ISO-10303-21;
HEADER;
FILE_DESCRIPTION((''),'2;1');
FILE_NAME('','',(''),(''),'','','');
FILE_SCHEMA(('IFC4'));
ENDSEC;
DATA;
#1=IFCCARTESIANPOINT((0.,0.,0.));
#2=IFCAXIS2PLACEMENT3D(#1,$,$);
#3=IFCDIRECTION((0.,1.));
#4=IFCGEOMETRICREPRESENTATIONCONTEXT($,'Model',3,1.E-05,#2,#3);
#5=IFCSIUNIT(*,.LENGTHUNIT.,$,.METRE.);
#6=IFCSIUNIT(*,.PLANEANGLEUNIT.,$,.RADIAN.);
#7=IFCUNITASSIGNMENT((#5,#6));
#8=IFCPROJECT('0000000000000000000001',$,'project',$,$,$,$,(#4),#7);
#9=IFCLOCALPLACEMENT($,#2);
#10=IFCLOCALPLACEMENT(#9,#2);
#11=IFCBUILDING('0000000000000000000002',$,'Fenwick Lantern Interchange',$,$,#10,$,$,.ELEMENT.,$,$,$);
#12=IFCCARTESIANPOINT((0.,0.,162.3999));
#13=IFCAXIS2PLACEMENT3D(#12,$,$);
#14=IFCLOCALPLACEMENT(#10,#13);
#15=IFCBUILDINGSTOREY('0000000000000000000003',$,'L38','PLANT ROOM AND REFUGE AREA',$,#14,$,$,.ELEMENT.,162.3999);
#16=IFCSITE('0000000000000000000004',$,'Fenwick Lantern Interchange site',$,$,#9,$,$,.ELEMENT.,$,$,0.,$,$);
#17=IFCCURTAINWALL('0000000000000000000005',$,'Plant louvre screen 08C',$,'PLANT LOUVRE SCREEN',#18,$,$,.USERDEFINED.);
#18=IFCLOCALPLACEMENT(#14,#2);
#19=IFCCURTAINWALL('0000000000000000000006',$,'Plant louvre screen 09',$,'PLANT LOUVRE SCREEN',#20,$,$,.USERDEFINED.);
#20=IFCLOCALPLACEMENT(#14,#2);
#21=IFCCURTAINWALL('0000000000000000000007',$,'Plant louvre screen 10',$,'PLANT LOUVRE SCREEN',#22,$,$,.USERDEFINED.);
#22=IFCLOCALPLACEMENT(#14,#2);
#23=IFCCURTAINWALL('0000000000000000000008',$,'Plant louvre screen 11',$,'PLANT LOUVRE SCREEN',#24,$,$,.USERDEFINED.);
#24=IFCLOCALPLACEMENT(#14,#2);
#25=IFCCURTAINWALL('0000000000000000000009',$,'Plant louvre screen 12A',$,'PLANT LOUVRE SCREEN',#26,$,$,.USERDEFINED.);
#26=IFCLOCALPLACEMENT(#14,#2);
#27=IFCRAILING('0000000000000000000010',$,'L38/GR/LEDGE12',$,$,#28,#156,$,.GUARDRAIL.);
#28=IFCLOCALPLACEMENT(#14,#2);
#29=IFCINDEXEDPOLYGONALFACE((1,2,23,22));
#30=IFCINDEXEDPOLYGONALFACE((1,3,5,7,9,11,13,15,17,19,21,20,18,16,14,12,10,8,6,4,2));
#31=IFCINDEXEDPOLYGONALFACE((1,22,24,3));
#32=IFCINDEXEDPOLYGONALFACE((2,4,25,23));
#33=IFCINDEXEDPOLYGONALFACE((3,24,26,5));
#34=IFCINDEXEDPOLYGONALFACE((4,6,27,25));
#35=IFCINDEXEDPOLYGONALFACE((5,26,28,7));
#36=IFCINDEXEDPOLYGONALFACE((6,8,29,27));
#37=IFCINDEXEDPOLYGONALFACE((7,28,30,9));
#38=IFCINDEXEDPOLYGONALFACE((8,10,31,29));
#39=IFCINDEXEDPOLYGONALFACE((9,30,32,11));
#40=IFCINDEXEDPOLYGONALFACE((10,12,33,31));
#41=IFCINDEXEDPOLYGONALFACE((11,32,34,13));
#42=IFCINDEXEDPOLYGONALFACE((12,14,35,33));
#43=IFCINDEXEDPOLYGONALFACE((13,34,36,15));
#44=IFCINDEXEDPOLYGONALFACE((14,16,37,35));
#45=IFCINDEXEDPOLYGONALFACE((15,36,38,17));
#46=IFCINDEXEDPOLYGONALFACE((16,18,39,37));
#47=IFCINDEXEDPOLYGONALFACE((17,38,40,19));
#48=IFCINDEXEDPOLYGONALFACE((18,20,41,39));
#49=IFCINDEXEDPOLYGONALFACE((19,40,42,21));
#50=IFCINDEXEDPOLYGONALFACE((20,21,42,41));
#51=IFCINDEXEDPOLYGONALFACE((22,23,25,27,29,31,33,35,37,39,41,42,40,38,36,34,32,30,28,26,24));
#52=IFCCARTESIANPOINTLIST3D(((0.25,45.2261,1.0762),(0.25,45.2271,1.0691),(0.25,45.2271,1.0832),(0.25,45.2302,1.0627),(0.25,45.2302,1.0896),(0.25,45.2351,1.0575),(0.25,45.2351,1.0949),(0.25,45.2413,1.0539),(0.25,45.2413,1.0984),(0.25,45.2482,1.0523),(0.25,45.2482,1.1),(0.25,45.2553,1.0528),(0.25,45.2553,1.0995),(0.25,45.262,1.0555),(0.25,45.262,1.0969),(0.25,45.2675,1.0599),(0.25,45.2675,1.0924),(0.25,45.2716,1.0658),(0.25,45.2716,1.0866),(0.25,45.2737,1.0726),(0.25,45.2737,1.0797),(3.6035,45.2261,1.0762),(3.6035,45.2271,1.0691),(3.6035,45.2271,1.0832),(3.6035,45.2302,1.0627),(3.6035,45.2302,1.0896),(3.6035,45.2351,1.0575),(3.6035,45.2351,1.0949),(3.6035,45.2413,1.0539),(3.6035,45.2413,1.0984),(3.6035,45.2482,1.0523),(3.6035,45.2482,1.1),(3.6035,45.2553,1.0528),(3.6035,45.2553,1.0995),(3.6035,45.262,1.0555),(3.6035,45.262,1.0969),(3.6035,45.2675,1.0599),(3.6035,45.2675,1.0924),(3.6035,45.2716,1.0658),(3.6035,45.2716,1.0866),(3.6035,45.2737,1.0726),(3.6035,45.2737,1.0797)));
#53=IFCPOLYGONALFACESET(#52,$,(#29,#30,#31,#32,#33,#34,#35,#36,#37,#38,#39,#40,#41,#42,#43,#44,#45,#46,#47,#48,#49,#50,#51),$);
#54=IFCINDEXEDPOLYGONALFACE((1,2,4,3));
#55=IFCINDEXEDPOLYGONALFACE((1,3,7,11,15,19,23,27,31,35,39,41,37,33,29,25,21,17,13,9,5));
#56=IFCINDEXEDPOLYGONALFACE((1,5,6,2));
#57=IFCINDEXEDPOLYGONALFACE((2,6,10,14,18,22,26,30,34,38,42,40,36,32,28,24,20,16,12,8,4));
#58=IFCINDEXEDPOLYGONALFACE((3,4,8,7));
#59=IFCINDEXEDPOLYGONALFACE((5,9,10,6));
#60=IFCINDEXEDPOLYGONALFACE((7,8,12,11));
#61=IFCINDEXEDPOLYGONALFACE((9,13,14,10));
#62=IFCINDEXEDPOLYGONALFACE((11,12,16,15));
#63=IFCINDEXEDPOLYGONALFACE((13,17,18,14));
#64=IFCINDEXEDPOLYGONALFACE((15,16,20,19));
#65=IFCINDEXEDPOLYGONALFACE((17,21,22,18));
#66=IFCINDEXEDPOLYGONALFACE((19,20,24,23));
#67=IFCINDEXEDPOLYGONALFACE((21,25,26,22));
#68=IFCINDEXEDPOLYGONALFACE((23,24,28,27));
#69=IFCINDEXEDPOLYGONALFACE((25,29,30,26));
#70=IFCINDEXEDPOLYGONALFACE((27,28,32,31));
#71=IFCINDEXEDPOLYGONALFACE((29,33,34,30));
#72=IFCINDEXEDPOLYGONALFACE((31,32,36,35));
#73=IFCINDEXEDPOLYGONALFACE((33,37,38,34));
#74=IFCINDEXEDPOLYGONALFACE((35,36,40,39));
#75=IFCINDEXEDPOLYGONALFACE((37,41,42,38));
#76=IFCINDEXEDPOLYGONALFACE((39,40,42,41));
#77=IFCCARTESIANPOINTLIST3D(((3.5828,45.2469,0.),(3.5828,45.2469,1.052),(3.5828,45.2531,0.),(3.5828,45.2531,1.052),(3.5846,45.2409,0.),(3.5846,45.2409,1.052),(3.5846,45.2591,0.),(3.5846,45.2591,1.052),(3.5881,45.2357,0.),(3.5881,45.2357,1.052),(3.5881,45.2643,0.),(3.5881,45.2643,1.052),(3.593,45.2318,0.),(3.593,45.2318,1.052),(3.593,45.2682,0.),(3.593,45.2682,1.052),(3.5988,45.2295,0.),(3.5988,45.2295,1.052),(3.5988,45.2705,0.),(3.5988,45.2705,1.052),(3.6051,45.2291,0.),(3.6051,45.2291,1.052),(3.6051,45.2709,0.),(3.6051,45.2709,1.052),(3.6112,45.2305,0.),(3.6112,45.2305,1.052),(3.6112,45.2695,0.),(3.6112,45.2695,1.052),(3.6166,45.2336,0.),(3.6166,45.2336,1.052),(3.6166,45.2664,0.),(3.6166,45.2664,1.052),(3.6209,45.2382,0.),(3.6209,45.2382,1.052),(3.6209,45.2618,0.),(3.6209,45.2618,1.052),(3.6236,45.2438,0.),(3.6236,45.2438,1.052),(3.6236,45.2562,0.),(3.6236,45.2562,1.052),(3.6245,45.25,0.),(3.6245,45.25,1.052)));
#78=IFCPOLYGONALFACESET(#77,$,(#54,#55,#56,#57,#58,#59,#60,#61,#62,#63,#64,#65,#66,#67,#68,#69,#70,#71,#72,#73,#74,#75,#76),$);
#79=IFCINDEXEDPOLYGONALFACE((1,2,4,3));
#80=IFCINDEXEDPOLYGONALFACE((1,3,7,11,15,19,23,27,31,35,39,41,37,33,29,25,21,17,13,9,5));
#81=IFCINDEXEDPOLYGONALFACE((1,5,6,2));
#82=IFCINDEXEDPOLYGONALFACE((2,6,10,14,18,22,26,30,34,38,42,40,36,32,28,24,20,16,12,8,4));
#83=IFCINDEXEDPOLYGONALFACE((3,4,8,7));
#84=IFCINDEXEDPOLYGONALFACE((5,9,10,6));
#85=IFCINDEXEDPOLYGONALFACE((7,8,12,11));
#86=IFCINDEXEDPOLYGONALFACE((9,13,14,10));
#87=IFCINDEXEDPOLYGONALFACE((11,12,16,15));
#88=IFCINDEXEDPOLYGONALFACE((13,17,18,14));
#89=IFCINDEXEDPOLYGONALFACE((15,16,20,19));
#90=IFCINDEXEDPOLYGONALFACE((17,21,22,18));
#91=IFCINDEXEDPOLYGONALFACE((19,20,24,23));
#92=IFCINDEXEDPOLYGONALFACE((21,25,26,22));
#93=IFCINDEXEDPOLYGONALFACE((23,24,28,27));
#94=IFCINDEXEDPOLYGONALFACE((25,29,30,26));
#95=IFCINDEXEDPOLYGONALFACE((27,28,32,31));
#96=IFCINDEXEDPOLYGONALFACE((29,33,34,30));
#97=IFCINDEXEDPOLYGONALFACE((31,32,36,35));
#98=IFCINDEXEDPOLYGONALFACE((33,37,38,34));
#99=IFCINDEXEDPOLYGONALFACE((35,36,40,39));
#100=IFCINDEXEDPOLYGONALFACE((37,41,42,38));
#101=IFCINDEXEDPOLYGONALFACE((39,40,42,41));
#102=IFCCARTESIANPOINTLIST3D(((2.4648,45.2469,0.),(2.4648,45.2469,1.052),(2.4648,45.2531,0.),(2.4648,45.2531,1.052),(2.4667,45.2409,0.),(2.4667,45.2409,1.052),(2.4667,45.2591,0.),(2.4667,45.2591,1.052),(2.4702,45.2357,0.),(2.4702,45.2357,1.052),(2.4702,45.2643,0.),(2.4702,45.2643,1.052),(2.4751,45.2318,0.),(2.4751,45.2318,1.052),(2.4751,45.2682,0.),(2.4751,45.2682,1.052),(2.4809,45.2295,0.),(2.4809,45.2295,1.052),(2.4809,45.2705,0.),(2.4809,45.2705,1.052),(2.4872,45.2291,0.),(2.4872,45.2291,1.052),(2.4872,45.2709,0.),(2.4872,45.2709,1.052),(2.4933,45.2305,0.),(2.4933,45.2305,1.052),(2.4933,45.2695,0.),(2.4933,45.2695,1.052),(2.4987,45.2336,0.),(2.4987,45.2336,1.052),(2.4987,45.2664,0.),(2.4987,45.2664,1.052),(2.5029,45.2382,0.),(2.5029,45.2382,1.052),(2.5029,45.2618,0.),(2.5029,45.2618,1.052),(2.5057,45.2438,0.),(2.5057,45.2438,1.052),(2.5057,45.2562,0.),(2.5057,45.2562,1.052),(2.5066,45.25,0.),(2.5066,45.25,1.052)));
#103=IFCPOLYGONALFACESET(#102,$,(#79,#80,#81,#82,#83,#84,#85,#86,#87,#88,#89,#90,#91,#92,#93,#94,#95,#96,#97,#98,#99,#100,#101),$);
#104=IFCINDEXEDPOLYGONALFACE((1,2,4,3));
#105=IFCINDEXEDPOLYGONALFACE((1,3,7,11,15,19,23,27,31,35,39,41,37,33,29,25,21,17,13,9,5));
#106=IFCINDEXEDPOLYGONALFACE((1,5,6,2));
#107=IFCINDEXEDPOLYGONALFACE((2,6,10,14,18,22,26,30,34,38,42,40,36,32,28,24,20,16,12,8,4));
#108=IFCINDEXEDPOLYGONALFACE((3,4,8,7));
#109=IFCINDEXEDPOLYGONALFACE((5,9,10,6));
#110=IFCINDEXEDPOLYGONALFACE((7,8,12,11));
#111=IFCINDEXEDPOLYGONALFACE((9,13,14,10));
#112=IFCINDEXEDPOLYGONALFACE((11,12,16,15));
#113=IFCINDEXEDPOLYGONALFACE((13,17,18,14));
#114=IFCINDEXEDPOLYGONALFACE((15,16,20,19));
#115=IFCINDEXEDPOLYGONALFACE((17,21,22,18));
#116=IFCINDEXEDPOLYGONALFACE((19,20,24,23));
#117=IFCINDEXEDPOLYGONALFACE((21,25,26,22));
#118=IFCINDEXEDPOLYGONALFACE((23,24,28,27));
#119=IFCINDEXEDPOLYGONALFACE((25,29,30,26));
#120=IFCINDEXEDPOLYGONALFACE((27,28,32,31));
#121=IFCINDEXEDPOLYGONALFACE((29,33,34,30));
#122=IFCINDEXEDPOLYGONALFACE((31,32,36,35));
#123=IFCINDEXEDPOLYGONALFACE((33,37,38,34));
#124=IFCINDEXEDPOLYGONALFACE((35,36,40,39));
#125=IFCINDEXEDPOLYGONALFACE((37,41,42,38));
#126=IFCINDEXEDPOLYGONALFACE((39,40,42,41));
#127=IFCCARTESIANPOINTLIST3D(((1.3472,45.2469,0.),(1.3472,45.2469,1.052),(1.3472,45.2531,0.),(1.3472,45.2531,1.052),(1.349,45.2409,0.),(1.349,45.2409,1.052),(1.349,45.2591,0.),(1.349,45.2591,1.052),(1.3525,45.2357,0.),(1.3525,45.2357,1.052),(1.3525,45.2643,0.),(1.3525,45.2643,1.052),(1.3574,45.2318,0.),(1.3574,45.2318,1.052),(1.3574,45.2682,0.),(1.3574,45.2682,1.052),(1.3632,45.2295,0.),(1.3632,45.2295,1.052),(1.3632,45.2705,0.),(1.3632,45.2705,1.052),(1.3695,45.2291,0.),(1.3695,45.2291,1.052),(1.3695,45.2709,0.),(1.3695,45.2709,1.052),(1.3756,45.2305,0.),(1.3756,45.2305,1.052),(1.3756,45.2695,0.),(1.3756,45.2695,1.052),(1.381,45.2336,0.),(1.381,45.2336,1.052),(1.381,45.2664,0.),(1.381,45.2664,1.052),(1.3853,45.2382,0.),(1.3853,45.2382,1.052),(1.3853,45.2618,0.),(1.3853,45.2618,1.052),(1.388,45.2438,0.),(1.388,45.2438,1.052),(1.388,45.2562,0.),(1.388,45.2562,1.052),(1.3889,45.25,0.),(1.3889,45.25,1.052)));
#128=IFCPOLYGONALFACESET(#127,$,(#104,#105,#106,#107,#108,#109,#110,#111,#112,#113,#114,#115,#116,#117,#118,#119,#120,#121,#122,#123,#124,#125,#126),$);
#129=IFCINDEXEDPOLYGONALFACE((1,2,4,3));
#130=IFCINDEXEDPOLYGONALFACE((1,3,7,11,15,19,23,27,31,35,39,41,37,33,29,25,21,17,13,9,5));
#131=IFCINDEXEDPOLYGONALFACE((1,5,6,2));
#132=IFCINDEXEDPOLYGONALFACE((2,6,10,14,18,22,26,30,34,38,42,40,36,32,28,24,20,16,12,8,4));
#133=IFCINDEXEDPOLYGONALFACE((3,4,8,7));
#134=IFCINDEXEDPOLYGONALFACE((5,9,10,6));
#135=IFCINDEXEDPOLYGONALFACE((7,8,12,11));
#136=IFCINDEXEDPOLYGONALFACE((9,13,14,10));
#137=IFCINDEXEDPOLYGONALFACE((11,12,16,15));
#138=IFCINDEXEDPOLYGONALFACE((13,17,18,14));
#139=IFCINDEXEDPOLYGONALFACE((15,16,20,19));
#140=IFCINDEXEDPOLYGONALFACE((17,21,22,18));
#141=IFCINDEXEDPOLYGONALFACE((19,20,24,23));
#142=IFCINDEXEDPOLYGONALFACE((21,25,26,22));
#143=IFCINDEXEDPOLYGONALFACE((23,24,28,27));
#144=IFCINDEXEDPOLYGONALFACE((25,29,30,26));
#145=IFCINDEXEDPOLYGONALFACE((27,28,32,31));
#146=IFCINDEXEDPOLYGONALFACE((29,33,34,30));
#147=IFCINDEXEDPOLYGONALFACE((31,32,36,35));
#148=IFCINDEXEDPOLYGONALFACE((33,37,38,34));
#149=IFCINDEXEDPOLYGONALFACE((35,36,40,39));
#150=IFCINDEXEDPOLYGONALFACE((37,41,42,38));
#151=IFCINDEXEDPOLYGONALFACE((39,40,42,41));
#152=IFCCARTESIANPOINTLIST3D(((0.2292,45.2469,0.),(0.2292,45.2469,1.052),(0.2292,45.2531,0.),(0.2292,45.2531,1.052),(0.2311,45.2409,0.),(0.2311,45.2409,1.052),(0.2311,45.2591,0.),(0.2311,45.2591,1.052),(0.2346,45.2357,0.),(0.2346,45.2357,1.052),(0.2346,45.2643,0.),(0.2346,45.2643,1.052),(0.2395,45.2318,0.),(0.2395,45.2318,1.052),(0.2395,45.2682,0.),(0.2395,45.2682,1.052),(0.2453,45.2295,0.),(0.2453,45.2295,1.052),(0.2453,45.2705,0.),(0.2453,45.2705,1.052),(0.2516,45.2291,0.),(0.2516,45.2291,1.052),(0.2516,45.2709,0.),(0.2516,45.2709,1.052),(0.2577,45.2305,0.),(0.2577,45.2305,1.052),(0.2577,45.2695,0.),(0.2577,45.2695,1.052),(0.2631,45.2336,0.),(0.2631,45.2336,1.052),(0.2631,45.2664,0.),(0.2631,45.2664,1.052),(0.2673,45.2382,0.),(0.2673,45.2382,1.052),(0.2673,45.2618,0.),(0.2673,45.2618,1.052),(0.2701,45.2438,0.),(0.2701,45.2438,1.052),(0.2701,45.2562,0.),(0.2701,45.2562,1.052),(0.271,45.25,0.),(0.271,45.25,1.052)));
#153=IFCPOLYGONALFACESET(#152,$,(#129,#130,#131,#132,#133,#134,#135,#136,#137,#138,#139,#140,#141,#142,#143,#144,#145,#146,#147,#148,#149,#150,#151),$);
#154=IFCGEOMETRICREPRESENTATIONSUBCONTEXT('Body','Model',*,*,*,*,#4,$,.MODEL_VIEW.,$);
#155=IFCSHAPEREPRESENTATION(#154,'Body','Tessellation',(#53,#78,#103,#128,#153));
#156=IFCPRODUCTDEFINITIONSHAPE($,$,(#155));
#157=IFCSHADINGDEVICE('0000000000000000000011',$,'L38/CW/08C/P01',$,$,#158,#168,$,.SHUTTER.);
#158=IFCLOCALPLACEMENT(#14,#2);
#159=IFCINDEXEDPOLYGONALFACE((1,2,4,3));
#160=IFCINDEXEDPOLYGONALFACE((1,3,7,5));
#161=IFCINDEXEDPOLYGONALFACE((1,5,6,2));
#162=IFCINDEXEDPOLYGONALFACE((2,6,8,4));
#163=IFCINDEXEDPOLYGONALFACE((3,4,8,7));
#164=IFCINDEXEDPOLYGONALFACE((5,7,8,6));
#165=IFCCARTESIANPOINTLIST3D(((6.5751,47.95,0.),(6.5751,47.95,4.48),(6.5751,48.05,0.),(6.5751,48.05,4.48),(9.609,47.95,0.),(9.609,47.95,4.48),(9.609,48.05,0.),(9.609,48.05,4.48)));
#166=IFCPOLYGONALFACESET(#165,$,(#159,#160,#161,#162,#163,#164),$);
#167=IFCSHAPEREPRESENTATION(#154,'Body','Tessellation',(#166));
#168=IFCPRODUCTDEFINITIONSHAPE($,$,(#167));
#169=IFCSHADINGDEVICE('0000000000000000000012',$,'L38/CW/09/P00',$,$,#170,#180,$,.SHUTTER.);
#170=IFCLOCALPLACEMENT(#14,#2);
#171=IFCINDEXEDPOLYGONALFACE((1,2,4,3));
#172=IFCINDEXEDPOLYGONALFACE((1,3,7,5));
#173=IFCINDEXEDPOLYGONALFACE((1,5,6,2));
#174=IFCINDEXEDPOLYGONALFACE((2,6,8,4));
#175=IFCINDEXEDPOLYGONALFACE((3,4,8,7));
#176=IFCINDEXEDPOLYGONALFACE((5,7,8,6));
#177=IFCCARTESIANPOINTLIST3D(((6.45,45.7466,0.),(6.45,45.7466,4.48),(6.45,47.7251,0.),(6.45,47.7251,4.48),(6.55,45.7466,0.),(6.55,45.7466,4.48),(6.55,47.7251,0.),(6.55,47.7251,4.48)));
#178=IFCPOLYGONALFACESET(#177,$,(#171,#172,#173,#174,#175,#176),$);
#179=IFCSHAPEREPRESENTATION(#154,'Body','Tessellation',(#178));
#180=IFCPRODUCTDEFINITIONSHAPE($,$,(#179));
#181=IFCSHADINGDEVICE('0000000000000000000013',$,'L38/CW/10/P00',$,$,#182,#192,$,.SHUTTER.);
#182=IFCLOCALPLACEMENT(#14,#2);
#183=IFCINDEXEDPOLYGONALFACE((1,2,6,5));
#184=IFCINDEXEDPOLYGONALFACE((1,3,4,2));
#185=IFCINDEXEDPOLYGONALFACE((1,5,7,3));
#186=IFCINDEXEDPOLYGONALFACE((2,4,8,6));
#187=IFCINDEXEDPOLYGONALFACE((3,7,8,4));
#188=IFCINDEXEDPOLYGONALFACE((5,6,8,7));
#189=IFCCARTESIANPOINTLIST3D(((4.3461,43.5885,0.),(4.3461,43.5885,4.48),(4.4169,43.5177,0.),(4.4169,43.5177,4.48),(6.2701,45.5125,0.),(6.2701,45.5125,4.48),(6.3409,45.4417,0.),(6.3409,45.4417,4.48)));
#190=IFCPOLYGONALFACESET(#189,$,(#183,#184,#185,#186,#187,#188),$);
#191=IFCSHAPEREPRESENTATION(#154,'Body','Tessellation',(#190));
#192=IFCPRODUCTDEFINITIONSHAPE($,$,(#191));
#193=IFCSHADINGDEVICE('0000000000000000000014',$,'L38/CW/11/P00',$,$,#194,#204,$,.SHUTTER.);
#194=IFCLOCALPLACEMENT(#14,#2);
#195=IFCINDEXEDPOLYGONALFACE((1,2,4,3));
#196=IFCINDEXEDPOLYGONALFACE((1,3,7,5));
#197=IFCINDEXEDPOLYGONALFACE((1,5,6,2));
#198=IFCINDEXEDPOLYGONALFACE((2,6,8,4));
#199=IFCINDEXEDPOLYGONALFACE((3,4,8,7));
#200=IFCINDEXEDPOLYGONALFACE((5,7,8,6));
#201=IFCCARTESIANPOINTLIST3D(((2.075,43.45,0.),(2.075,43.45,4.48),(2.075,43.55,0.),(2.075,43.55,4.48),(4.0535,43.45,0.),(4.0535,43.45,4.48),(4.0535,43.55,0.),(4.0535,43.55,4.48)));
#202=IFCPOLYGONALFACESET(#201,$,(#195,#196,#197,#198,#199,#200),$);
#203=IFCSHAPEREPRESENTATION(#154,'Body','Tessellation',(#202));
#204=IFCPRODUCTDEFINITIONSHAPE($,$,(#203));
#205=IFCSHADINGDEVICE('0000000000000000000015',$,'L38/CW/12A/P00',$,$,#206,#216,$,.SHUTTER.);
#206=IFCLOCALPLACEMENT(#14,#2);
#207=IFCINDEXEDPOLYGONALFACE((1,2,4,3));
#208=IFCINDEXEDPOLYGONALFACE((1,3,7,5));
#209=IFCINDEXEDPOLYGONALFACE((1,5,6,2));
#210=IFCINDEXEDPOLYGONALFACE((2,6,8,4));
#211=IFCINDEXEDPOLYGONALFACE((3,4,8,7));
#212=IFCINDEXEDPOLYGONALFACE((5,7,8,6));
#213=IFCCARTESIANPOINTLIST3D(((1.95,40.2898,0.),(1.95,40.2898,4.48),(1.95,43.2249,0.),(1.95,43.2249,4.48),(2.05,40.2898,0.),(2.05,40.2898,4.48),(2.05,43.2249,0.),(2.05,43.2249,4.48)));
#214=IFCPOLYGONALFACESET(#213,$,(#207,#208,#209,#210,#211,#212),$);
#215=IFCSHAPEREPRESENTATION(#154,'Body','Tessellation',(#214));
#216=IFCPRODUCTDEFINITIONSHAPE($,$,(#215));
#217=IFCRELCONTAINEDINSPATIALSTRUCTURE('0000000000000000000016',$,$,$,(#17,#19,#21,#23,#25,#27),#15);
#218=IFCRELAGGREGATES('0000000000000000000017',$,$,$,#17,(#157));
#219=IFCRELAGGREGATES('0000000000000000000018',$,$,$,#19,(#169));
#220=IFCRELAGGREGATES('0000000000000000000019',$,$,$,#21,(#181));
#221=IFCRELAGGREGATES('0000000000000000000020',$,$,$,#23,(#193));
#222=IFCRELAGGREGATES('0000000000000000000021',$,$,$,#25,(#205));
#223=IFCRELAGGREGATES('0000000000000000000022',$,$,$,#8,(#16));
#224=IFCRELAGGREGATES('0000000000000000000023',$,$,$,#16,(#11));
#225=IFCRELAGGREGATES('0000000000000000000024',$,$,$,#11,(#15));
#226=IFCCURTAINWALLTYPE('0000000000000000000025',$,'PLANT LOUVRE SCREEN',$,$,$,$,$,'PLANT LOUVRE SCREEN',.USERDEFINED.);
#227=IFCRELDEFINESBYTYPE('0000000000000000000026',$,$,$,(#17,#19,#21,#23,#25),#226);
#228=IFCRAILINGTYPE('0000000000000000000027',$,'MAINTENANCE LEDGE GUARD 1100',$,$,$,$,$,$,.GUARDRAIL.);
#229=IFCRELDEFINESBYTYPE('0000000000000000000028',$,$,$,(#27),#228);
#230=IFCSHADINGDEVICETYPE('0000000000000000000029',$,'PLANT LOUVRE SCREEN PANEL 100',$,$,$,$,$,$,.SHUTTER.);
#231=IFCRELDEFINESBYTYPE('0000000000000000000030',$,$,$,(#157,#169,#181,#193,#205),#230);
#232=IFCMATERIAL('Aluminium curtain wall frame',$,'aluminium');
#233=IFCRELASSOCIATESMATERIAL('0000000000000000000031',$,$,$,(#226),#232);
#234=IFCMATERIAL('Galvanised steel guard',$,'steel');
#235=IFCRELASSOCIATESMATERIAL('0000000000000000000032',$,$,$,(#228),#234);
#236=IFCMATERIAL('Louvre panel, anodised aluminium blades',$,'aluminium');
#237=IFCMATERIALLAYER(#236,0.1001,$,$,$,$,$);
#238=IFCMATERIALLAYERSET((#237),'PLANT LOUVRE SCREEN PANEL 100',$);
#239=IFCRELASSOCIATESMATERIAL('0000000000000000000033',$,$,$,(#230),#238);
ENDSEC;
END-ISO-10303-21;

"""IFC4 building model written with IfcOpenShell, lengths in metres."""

from ifc_helpers import new_model, si_unit, direction, frame, origin, origin_2d, place, context, subcontext, project, spatial, rectangle, circle, extrude, material, layer, layer_set, type_object, element, aggregate, save


model = new_model("IFC4")

# Units and contexts
model_context = context("Model", 3, precision=1e-05, world=origin(), true_north=direction((0.0, 1.0)))
body_context = subcontext(model_context, "Body", "Model", "MODEL_VIEW")
ifc_project = project(units=[si_unit("LENGTHUNIT", "METRE"), si_unit("PLANEANGLEUNIT", "RADIAN")], contexts=[model_context])

# Site, building, storey
site_placement = place(None, origin())
site = spatial("IfcSite", under=ifc_project, at=site_placement, Name="Fenwick Lantern Interchange site", CompositionType="ELEMENT", RefElevation=0.0)
building_placement = place(site_placement, origin())
building = spatial("IfcBuilding", under=site, at=building_placement, Name="Fenwick Lantern Interchange", CompositionType="ELEMENT")
storey_placement = place(building_placement, frame((0.0, 0.0, 162.3999)))
storey = spatial("IfcBuildingStorey", under=building, at=storey_placement, Name="L38", Description="PLANT ROOM AND REFUGE AREA", CompositionType="ELEMENT", Elevation=162.3999)

# Curtain wall
ifc_material_1 = material(Name="Aluminium curtain wall frame", Category="aluminium")
curtain_wall_type = type_object("IfcCurtainWallType", Name="PLANT LOUVRE SCREEN", ElementType="PLANT LOUVRE SCREEN", PredefinedType="USERDEFINED", material=ifc_material_1)
curtain_wall_1_placement = place(storey_placement, origin())
curtain_wall_1 = element("IfcCurtainWall", 1, at=curtain_wall_1_placement, inside=storey, type_object=curtain_wall_type, Name="Plant louvre screen 08C", ObjectType="PLANT LOUVRE SCREEN", PredefinedType="USERDEFINED")

# Curtain walls
curtain_wall_2_placement = place(storey_placement, origin())
curtain_wall_2 = element("IfcCurtainWall", 2, at=curtain_wall_2_placement, inside=storey, type_object=curtain_wall_type, Name="Plant louvre screen 09", ObjectType="PLANT LOUVRE SCREEN", PredefinedType="USERDEFINED")
curtain_wall_3_placement = place(storey_placement, origin())
curtain_wall_3 = element("IfcCurtainWall", 3, at=curtain_wall_3_placement, inside=storey, type_object=curtain_wall_type, Name="Plant louvre screen 10", ObjectType="PLANT LOUVRE SCREEN", PredefinedType="USERDEFINED")
curtain_wall_4_placement = place(storey_placement, origin())
curtain_wall_4 = element("IfcCurtainWall", 4, at=curtain_wall_4_placement, inside=storey, type_object=curtain_wall_type, Name="Plant louvre screen 11", ObjectType="PLANT LOUVRE SCREEN", PredefinedType="USERDEFINED")

# Curtain wall
curtain_wall_5_placement = place(storey_placement, origin())
curtain_wall_5 = element("IfcCurtainWall", 5, at=curtain_wall_5_placement, inside=storey, type_object=curtain_wall_type, Name="Plant louvre screen 12A", ObjectType="PLANT LOUVRE SCREEN", PredefinedType="USERDEFINED")

# Railing
ifc_material_2 = material(Name="Galvanised steel guard", Category="steel")
railing_type = type_object("IfcRailingType", Name="MAINTENANCE LEDGE GUARD 1100", PredefinedType="GUARDRAIL", material=ifc_material_2)
railing_1_placement = place(storey_placement, frame((3.6035, 45.25, 0.0)))
element("IfcRailing", 6, at=railing_1_placement, inside=storey, type_object=railing_type, Name="L38/GR/LEDGE12", PredefinedType="GUARDRAIL", context=body_context, shape_type="SweptSolid", body=[
    extrude(circle(Radius=0.0239, at=origin_2d()), frame((0.0, 0.0, 1.0762), z_axis=(-1.0, 0.0, 0.0), x_axis=(0.0, -1.0, 0.0)), (0.0, 0.0, 1.0), 3.3535),
    extrude(circle(Radius=0.021, at=origin_2d()), origin(), (0.0, 0.0, 1.0), 1.052),
    extrude(circle(Radius=0.021, at=origin_2d()), frame((-1.1179, 0.0, 0.0)), (0.0, 0.0, 1.0), 1.052),
    extrude(circle(Radius=0.021, at=origin_2d()), frame((-2.2356, 0.0, 0.0)), (0.0, 0.0, 1.0), 1.052),
    extrude(circle(Radius=0.021, at=origin_2d()), frame((-3.3535, 0.0, 0.0)), (0.0, 0.0, 1.0), 1.052),
])

# Shading devices
ifc_material_3 = material(Name="Louvre panel, anodised aluminium blades", Category="aluminium")
ifc_layer = layer(ifc_material_3, 0.1001)
ifc_layer_set = layer_set([ifc_layer], Name="PLANT LOUVRE SCREEN PANEL 100")
shading_device_type = type_object("IfcShadingDeviceType", Name="PLANT LOUVRE SCREEN PANEL 100", PredefinedType="SHUTTER", material=ifc_layer_set)
shading_device_1_placement = place(storey_placement, frame((8.092, 48.0, 0.0), z_axis=(0.0, 0.0, 1.0), x_axis=(-1.0, 0.0, 0.0)))
shading_device_1 = element("IfcShadingDevice", 7, at=shading_device_1_placement, type_object=shading_device_type, Name="L38/CW/08C/P01", PredefinedType="SHUTTER", context=body_context, shape_type="SweptSolid", body=[
    extrude(rectangle(XDim=3.0339, YDim=0.1001, at=origin_2d()), origin(), (0.0, 0.0, 1.0), 4.48),
])
aggregate(curtain_wall_1, [shading_device_1])
shading_device_2_placement = place(storey_placement, frame((6.5, 46.7358, 0.0), z_axis=(0.0, 0.0, 1.0), x_axis=(0.0, -1.0, 0.0)))
shading_device_2 = element("IfcShadingDevice", 8, at=shading_device_2_placement, type_object=shading_device_type, Name="L38/CW/09/P00", PredefinedType="SHUTTER", context=body_context, shape_type="SweptSolid", body=[
    extrude(rectangle(XDim=1.9785, YDim=0.1001, at=origin_2d()), origin(), (0.0, 0.0, 1.0), 4.48),
])
aggregate(curtain_wall_2, [shading_device_2])
shading_device_3_placement = place(storey_placement, frame((5.3435, 44.5151, 0.0), z_axis=(0.0, 0.0, 1.0), x_axis=(-0.707107, -0.707107, 0.0)))
shading_device_3 = element("IfcShadingDevice", 9, at=shading_device_3_placement, type_object=shading_device_type, Name="L38/CW/10/P00", PredefinedType="SHUTTER", context=body_context, shape_type="SweptSolid", body=[
    extrude(rectangle(XDim=2.7209, YDim=0.1001, at=origin_2d()), origin(), (0.0, 0.0, 1.0), 4.48),
])
aggregate(curtain_wall_3, [shading_device_3])
shading_device_4_placement = place(storey_placement, frame((3.0642, 43.5, 0.0), z_axis=(0.0, 0.0, 1.0), x_axis=(-1.0, 0.0, 0.0)))
shading_device_4 = element("IfcShadingDevice", 10, at=shading_device_4_placement, type_object=shading_device_type, Name="L38/CW/11/P00", PredefinedType="SHUTTER", context=body_context, shape_type="SweptSolid", body=[
    extrude(rectangle(XDim=1.9785, YDim=0.1001, at=origin_2d()), origin(), (0.0, 0.0, 1.0), 4.48),
])
aggregate(curtain_wall_4, [shading_device_4])
shading_device_5_placement = place(storey_placement, frame((2.0, 41.7573, 0.0), z_axis=(0.0, 0.0, 1.0), x_axis=(0.0, -1.0, 0.0)))
shading_device_5 = element("IfcShadingDevice", 11, at=shading_device_5_placement, type_object=shading_device_type, Name="L38/CW/12A/P00", PredefinedType="SHUTTER", context=body_context, shape_type="SweptSolid", body=[
    extrude(rectangle(XDim=2.9351, YDim=0.1001, at=origin_2d()), origin(), (0.0, 0.0, 1.0), 4.48),
])
aggregate(curtain_wall_5, [shading_device_5])

save(model, "model.ifc")
